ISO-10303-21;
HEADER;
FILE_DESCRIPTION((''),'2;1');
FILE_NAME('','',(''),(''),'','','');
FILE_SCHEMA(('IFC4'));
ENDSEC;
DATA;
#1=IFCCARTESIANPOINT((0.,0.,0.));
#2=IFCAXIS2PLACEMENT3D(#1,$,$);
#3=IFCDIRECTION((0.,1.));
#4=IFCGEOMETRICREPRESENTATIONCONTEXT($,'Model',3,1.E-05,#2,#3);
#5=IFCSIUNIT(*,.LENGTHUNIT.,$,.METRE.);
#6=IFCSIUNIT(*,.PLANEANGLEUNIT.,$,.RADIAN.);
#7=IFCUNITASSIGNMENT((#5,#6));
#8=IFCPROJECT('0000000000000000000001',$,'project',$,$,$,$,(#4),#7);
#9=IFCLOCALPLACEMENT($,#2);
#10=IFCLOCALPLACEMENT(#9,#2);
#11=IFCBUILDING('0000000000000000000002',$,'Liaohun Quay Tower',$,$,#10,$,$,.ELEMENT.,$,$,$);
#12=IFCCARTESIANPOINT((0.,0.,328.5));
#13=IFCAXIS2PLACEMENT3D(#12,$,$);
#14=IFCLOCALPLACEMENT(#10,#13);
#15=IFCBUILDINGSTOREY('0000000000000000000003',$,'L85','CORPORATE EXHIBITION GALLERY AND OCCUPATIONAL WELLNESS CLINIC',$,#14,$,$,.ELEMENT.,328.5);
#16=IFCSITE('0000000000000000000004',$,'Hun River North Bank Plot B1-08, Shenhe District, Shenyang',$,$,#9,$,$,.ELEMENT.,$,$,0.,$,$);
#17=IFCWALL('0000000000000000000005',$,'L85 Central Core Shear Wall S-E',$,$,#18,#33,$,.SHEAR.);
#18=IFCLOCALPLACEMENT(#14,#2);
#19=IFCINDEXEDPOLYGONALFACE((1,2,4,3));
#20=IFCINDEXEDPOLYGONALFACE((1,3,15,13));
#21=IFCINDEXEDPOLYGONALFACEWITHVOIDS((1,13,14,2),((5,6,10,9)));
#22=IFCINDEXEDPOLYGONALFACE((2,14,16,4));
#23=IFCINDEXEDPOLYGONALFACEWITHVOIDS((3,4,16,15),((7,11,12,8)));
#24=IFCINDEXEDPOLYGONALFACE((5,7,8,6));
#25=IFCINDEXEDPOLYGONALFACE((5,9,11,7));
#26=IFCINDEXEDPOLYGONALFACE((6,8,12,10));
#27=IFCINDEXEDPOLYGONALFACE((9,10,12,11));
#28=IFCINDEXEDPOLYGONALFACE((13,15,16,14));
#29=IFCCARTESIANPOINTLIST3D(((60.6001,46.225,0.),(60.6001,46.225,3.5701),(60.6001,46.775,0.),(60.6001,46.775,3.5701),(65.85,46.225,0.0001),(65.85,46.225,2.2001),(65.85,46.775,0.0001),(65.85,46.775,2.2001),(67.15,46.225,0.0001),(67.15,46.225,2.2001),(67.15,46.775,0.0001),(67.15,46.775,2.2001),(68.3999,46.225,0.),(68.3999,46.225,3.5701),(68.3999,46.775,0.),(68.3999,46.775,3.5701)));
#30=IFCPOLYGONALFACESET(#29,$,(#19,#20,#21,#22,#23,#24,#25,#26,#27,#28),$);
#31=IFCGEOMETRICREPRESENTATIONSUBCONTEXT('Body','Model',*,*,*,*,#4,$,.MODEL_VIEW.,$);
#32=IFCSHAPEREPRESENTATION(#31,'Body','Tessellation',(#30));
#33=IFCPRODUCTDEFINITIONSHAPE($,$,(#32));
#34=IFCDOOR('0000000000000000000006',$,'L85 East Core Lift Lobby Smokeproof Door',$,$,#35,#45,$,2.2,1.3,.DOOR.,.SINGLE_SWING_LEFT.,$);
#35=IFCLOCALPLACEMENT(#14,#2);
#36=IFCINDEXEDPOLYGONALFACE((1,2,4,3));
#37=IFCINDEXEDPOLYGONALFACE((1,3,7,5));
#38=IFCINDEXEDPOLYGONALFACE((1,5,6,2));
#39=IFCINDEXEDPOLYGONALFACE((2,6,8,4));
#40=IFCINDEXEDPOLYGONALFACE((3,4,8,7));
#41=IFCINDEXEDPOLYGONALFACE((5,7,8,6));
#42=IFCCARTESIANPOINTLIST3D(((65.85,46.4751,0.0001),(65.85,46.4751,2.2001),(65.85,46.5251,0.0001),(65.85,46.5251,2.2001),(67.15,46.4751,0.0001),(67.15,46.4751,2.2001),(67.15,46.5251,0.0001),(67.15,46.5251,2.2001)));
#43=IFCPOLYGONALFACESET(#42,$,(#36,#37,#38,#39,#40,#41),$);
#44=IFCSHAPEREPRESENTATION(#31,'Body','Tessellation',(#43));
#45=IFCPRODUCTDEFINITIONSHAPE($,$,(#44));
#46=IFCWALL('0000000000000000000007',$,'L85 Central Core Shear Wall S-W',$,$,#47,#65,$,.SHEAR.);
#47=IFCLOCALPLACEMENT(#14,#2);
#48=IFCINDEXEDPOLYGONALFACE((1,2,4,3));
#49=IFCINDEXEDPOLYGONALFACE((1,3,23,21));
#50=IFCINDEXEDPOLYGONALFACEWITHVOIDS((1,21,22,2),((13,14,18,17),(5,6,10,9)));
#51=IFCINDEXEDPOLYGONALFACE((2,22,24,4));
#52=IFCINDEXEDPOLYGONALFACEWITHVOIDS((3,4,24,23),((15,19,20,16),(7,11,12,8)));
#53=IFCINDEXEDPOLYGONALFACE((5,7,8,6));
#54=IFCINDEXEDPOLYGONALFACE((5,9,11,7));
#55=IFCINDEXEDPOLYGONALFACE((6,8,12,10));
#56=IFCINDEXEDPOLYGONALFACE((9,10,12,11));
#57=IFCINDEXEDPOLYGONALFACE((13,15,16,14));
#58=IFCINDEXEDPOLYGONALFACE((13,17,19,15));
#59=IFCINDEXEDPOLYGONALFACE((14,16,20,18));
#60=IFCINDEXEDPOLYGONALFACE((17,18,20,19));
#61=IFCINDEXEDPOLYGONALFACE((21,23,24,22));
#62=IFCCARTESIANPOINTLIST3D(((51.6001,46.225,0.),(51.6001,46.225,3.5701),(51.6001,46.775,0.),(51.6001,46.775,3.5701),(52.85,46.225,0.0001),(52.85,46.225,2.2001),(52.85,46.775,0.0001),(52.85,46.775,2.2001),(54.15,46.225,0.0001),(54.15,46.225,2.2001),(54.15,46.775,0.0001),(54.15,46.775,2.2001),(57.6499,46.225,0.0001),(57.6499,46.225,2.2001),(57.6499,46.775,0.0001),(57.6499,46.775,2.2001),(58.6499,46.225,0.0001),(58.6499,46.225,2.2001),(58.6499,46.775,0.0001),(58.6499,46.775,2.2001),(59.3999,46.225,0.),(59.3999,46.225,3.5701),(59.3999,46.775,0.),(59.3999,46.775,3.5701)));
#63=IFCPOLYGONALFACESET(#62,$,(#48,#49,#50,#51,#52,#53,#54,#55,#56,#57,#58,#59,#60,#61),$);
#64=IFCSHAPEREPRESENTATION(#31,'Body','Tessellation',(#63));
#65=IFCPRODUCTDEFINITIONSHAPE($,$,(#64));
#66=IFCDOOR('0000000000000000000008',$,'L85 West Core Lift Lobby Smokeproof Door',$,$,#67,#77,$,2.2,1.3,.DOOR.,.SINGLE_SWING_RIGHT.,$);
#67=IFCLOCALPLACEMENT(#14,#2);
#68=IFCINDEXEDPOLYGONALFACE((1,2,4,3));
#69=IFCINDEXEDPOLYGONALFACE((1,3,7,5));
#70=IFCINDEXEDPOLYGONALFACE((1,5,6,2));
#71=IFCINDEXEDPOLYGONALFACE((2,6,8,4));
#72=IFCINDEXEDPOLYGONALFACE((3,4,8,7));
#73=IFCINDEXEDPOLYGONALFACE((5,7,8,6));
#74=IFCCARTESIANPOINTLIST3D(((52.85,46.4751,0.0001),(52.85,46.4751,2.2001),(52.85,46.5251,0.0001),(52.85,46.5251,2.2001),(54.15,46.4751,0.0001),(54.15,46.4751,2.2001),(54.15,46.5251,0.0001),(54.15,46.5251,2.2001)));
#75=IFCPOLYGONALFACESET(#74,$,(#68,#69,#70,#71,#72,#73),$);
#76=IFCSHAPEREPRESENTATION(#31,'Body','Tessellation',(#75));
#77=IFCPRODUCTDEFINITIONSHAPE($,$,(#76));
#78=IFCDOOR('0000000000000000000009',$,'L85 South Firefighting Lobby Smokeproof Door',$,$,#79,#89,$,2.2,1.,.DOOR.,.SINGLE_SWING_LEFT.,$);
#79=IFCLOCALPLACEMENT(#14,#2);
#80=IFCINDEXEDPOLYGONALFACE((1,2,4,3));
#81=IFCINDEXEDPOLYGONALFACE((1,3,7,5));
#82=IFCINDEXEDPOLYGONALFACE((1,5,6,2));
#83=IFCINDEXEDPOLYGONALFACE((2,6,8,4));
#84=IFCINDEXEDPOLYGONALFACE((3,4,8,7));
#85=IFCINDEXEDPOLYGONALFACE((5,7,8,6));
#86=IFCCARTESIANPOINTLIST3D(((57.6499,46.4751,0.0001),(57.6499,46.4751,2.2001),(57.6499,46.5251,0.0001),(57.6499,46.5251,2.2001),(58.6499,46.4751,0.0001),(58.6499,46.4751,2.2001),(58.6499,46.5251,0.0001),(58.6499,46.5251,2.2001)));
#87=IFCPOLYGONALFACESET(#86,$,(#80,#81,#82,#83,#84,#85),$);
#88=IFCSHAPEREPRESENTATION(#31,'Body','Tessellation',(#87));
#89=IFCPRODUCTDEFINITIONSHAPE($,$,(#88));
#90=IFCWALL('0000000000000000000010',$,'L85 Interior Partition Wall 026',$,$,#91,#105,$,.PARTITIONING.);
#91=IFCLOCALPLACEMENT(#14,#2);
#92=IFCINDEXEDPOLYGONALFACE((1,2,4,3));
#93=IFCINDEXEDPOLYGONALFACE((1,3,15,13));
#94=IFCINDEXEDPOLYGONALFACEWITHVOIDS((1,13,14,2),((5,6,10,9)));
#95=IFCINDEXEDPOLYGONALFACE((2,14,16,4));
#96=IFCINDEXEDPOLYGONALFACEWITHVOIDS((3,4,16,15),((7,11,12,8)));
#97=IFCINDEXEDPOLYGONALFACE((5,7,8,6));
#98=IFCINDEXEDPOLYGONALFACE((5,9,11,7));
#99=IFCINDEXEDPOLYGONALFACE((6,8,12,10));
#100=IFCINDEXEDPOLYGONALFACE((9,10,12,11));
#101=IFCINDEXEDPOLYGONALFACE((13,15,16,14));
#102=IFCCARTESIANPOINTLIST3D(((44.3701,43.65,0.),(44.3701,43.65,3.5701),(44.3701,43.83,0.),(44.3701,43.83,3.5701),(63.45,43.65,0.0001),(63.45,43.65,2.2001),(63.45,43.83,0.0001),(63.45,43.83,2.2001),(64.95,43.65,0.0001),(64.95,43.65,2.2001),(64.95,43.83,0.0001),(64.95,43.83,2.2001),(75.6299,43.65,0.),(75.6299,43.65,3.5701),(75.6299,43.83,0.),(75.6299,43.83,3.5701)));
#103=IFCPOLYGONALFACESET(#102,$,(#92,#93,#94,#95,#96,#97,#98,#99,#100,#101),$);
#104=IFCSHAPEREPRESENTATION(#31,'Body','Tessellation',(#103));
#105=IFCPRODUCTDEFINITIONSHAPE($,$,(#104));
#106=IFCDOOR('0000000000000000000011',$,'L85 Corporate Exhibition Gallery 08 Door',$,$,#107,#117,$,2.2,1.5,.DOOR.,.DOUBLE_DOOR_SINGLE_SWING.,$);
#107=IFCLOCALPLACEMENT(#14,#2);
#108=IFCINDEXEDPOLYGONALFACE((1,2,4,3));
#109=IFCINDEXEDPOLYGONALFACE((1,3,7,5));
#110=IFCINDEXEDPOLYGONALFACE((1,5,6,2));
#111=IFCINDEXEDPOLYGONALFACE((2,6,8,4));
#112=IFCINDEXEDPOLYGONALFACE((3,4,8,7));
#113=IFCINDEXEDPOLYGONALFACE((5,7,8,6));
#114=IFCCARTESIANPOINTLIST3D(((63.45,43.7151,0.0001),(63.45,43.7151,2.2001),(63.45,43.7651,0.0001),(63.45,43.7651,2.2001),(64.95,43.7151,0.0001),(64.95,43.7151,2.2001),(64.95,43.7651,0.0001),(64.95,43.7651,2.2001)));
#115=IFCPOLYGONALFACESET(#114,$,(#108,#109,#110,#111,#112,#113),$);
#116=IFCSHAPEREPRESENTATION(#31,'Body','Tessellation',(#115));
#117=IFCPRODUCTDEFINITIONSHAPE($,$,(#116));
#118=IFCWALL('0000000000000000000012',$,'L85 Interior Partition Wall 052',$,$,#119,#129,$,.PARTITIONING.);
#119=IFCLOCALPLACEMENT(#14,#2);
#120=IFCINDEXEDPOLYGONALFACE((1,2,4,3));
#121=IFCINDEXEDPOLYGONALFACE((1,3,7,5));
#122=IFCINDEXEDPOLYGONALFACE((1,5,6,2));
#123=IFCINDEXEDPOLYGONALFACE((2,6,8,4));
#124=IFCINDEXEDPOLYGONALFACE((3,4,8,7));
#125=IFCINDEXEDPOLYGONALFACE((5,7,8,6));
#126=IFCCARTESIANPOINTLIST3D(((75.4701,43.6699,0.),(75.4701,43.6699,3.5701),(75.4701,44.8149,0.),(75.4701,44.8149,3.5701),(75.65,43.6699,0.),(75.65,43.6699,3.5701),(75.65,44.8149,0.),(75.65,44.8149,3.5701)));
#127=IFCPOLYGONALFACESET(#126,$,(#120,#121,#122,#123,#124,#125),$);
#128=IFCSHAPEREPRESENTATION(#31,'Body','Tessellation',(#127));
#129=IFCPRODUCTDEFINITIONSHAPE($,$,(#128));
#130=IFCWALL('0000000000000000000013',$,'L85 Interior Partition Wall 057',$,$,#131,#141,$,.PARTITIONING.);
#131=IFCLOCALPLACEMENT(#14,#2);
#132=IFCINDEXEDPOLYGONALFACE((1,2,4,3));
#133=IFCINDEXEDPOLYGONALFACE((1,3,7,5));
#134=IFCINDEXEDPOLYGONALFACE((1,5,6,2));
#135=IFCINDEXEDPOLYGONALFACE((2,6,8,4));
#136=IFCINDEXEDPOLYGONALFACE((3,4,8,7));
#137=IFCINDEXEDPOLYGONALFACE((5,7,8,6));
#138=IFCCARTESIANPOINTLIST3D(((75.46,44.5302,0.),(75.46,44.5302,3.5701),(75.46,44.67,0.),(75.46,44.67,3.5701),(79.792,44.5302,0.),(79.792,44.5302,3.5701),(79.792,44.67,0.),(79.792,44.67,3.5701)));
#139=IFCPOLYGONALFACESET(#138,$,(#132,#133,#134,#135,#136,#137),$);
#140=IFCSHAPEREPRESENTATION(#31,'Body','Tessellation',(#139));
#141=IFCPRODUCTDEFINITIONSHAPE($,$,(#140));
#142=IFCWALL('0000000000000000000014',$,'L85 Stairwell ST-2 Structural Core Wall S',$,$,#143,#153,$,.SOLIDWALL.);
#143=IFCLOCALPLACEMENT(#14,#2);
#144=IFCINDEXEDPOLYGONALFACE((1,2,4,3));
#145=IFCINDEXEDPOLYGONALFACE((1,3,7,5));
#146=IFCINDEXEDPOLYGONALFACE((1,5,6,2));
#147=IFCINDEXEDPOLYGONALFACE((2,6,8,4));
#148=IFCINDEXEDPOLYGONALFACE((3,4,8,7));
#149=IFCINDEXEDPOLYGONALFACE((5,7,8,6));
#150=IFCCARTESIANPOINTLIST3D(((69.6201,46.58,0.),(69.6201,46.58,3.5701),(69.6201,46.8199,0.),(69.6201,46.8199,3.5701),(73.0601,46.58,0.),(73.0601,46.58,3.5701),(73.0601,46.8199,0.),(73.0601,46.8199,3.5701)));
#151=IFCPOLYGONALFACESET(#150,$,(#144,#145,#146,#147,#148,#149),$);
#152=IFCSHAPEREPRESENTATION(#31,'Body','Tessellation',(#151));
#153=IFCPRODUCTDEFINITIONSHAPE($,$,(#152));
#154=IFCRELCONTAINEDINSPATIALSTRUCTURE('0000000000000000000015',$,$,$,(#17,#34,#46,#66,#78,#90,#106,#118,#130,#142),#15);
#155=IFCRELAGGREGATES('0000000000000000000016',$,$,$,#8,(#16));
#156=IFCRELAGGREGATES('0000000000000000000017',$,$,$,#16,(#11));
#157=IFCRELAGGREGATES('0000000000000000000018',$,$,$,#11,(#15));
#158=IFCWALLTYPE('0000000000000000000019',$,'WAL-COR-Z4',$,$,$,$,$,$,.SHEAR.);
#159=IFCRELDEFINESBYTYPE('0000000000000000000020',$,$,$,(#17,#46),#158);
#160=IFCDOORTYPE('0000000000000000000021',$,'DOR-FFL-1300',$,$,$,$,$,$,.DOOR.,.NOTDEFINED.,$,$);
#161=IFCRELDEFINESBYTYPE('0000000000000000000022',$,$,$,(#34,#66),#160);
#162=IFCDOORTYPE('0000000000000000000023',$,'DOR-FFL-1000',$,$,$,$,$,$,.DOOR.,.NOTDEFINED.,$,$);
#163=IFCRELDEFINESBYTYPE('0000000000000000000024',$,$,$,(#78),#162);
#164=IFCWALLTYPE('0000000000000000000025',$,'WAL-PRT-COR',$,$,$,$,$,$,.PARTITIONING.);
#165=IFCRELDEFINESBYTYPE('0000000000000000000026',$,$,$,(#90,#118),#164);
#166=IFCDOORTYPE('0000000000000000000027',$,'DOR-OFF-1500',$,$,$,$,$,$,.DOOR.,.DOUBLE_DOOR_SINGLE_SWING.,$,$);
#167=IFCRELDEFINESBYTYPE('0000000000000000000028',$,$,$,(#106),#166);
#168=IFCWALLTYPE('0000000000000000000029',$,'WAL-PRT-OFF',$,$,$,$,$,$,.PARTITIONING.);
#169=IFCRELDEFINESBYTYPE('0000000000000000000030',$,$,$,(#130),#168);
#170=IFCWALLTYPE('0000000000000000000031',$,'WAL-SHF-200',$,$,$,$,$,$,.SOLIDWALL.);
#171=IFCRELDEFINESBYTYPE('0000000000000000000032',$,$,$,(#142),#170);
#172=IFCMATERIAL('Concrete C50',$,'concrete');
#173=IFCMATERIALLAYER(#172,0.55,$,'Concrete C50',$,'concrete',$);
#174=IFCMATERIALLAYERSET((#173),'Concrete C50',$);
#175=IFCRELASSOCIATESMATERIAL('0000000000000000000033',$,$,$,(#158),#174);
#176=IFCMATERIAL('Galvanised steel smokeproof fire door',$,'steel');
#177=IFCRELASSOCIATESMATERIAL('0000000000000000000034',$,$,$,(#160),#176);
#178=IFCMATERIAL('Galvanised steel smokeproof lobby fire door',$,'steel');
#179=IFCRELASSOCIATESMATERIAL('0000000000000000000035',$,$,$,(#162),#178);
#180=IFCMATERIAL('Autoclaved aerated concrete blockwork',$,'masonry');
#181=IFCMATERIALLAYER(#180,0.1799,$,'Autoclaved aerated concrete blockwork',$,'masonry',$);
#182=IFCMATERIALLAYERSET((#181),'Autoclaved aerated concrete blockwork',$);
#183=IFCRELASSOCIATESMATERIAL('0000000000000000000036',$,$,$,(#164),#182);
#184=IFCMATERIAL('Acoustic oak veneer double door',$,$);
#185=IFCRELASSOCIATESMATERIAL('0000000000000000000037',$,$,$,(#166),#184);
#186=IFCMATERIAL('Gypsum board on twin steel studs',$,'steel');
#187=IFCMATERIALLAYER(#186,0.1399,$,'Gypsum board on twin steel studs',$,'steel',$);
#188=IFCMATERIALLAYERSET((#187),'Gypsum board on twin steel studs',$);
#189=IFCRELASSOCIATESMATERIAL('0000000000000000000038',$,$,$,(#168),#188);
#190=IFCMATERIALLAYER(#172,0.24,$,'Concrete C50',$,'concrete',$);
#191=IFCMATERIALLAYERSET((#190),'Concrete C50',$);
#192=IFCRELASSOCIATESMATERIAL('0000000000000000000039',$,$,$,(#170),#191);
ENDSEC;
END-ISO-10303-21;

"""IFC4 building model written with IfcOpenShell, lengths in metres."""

from ifc_helpers import new_model, si_unit, direction, frame, frame_2d, origin, place, context, subcontext, project, spatial, rectangle, extrude, source, transform, mapped, material, layer, layer_set, type_object, element, fill, save


model = new_model("IFC4")

# Units and contexts
model_context = context("Model", 3, precision=1e-05, world=origin(), true_north=direction((0.0, 1.0)))
body_context = subcontext(model_context, "Body", "Model", "MODEL_VIEW")
ifc_project = project(units=[si_unit("LENGTHUNIT", "METRE"), si_unit("PLANEANGLEUNIT", "RADIAN")], contexts=[model_context])

# Site, building, storey
site_placement = place(None, origin())
site = spatial("IfcSite", under=ifc_project, at=site_placement, Name="Hun River North Bank Plot B1-08, Shenhe District, Shenyang", CompositionType="ELEMENT", RefElevation=0.0)
building_placement = place(site_placement, origin())
building = spatial("IfcBuilding", under=site, at=building_placement, Name="Liaohun Quay Tower", CompositionType="ELEMENT")
storey_placement = place(building_placement, frame((0.0, 0.0, 328.5)))
storey = spatial("IfcBuildingStorey", under=building, at=storey_placement, Name="L85", Description="CORPORATE EXHIBITION GALLERY AND OCCUPATIONAL WELLNESS CLINIC", CompositionType="ELEMENT", Elevation=328.5)

# Shared definitions
ifc_material_1 = material(Name="Concrete C50", Category="concrete")

# Wall, opening, door
ifc_layer_1 = layer(ifc_material_1, 0.55, Name="Concrete C50", Category="concrete")
ifc_layer_set_1 = layer_set([ifc_layer_1], Name="Concrete C50")
wall_type_1 = type_object("IfcWallType", Name="WAL-COR-Z4", PredefinedType="SHEAR", material=ifc_layer_set_1)
wall_1_placement = place(storey_placement, frame((68.3999, 46.5, 0.0), z_axis=(0.0, 0.0, 1.0), x_axis=(-1.0, 0.0, 0.0)))
wall_1 = element("IfcWall", 1, at=wall_1_placement, inside=storey, type_object=wall_type_1, Name="L85 Central Core Shear Wall S-E", PredefinedType="SHEAR", context=body_context, shape_type="SweptSolid", body=[
    extrude(rectangle(XDim=7.7998, YDim=0.55, at=frame_2d((3.8999, 0.0))), origin(), (0.0, 0.0, 1.0), 3.5701),
])
shared_shape_1 = source(origin(), body_context, "Body", "SweptSolid", [
    extrude(rectangle(XDim=1.3, YDim=2.2, at=frame_2d((0.6499, 1.1001))), frame((0.0, 0.2849, 0.0), z_axis=(0.0, -1.0, 0.0), x_axis=(1.0, 0.0, 0.0)), (0.0, 0.0, 1.0), 0.5701),
])
opening_1_placement = place(wall_1_placement, frame((1.25, 0.0, 0.0)))
opening_1 = element("IfcOpeningElement", 2, at=opening_1_placement, cuts=wall_1, PredefinedType="OPENING", context=body_context, shape_type="MappedRepresentation", body=[
    mapped(shared_shape_1, transform((0.0, 0.0, 0.0), x_axis=(1.0, 0.0, 0.0), y_axis=(0.0, 1.0, 0.0), z_axis=(0.0, 0.0, 1.0), scale=1.0)),
])
ifc_material_2 = material(Name="Galvanised steel smokeproof fire door", Category="steel")
door_type_1 = type_object("IfcDoorType", Name="DOR-FFL-1300", OperationType="NOTDEFINED", PredefinedType="DOOR", material=ifc_material_2)
shared_shape_2 = source(origin(), body_context, "Body", "SweptSolid", [
    extrude(rectangle(XDim=1.3, YDim=2.2, at=frame_2d((0.6499, 1.1001))), frame((0.0, 0.0249, 0.0), z_axis=(0.0, -1.0, 0.0), x_axis=(1.0, 0.0, 0.0)), (0.0, 0.0, 1.0), 0.05),
])
door_1_placement = place(opening_1_placement, origin())
door_1 = element("IfcDoor", 3, at=door_1_placement, inside=storey, type_object=door_type_1, Name="L85 East Core Lift Lobby Smokeproof Door", OperationType="SINGLE_SWING_LEFT", OverallHeight=2.2, OverallWidth=1.3, PredefinedType="DOOR", context=body_context, shape_type="MappedRepresentation", body=[
    mapped(shared_shape_2, transform((0.0, 0.0, 0.0), x_axis=(1.0, 0.0, 0.0), y_axis=(0.0, 1.0, 0.0), z_axis=(0.0, 0.0, 1.0), scale=1.0)),
])
fill(opening_1, door_1)

# Wall, openings, doors
wall_2_placement = place(storey_placement, frame((59.3999, 46.5, 0.0), z_axis=(0.0, 0.0, 1.0), x_axis=(-1.0, 0.0, 0.0)))
wall_2 = element("IfcWall", 4, at=wall_2_placement, inside=storey, type_object=wall_type_1, Name="L85 Central Core Shear Wall S-W", PredefinedType="SHEAR", context=body_context, shape_type="SweptSolid", body=[
    extrude(rectangle(XDim=7.7998, YDim=0.55, at=frame_2d((3.8999, 0.0))), origin(), (0.0, 0.0, 1.0), 3.5701),
])
opening_2_placement = place(wall_2_placement, frame((5.25, 0.0, 0.0)))
opening_2 = element("IfcOpeningElement", 5, at=opening_2_placement, cuts=wall_2, PredefinedType="OPENING", context=body_context, shape_type="MappedRepresentation", body=[
    mapped(shared_shape_1, transform((0.0, 0.0, 0.0), x_axis=(1.0, 0.0, 0.0), y_axis=(0.0, 1.0, 0.0), z_axis=(0.0, 0.0, 1.0), scale=1.0)),
])
shared_shape_3 = source(origin(), body_context, "Body", "SweptSolid", [
    extrude(rectangle(XDim=1.0, YDim=2.2, at=frame_2d((0.5, 1.1001))), frame((0.0, 0.2849, 0.0), z_axis=(0.0, -1.0, 0.0), x_axis=(1.0, 0.0, 0.0)), (0.0, 0.0, 1.0), 0.5701),
])
opening_3_placement = place(wall_2_placement, frame((0.75, 0.0, 0.0)))
opening_3 = element("IfcOpeningElement", 6, at=opening_3_placement, cuts=wall_2, PredefinedType="OPENING", context=body_context, shape_type="MappedRepresentation", body=[
    mapped(shared_shape_3, transform((0.0, 0.0, 0.0), x_axis=(1.0, 0.0, 0.0), y_axis=(0.0, 1.0, 0.0), z_axis=(0.0, 0.0, 1.0), scale=1.0)),
])
door_2_placement = place(opening_2_placement, origin())
door_2 = element("IfcDoor", 7, at=door_2_placement, inside=storey, type_object=door_type_1, Name="L85 West Core Lift Lobby Smokeproof Door", OperationType="SINGLE_SWING_RIGHT", OverallHeight=2.2, OverallWidth=1.3, PredefinedType="DOOR", context=body_context, shape_type="MappedRepresentation", body=[
    mapped(shared_shape_2, transform((0.0, 0.0, 0.0), x_axis=(1.0, 0.0, 0.0), y_axis=(0.0, 1.0, 0.0), z_axis=(0.0, 0.0, 1.0), scale=1.0)),
])
fill(opening_2, door_2)
ifc_material_3 = material(Name="Galvanised steel smokeproof lobby fire door", Category="steel")
door_type_2 = type_object("IfcDoorType", Name="DOR-FFL-1000", OperationType="NOTDEFINED", PredefinedType="DOOR", material=ifc_material_3)
shared_shape_4 = source(origin(), body_context, "Body", "SweptSolid", [
    extrude(rectangle(XDim=1.0, YDim=2.2, at=frame_2d((0.5, 1.1001))), frame((0.0, 0.0249, 0.0), z_axis=(0.0, -1.0, 0.0), x_axis=(1.0, 0.0, 0.0)), (0.0, 0.0, 1.0), 0.05),
])
door_3_placement = place(opening_3_placement, origin())
door_3 = element("IfcDoor", 8, at=door_3_placement, inside=storey, type_object=door_type_2, Name="L85 South Firefighting Lobby Smokeproof Door", OperationType="SINGLE_SWING_LEFT", OverallHeight=2.2, OverallWidth=1.0, PredefinedType="DOOR", context=body_context, shape_type="MappedRepresentation", body=[
    mapped(shared_shape_4, transform((0.0, 0.0, 0.0), x_axis=(1.0, 0.0, 0.0), y_axis=(0.0, 1.0, 0.0), z_axis=(0.0, 0.0, 1.0), scale=1.0)),
])
fill(opening_3, door_3)

# Wall, opening, door
ifc_material_4 = material(Name="Autoclaved aerated concrete blockwork", Category="masonry")
ifc_layer_2 = layer(ifc_material_4, 0.1799, Name="Autoclaved aerated concrete blockwork", Category="masonry")
ifc_layer_set_2 = layer_set([ifc_layer_2], Name="Autoclaved aerated concrete blockwork")
wall_type_2 = type_object("IfcWallType", Name="WAL-PRT-COR", PredefinedType="PARTITIONING", material=ifc_layer_set_2)
wall_3_placement = place(storey_placement, frame((75.6299, 43.74, 0.0), z_axis=(0.0, 0.0, 1.0), x_axis=(-1.0, 0.0, 0.0)))
wall_3 = element("IfcWall", 9, at=wall_3_placement, inside=storey, type_object=wall_type_2, Name="L85 Interior Partition Wall 026", PredefinedType="PARTITIONING", context=body_context, shape_type="SweptSolid", body=[
    extrude(rectangle(XDim=31.2598, YDim=0.1799, at=frame_2d((15.6299, 0.0))), origin(), (0.0, 0.0, 1.0), 3.5701),
])
shared_shape_5 = source(origin(), body_context, "Body", "SweptSolid", [
    extrude(rectangle(XDim=1.5, YDim=2.2, at=frame_2d((0.75, 1.1001))), frame((0.0, 0.0999, 0.0), z_axis=(0.0, -1.0, 0.0), x_axis=(1.0, 0.0, 0.0)), (0.0, 0.0, 1.0), 0.2),
])
opening_4_placement = place(wall_3_placement, frame((10.6799, 0.0, 0.0)))
opening_4 = element("IfcOpeningElement", 10, at=opening_4_placement, cuts=wall_3, PredefinedType="OPENING", context=body_context, shape_type="MappedRepresentation", body=[
    mapped(shared_shape_5, transform((0.0, 0.0, 0.0), x_axis=(1.0, 0.0, 0.0), y_axis=(0.0, 1.0, 0.0), z_axis=(0.0, 0.0, 1.0), scale=1.0)),
])
ifc_material_5 = material(Name="Acoustic oak veneer double door")
door_type_3 = type_object("IfcDoorType", Name="DOR-OFF-1500", OperationType="DOUBLE_DOOR_SINGLE_SWING", PredefinedType="DOOR", material=ifc_material_5)
shared_shape_6 = source(origin(), body_context, "Body", "SweptSolid", [
    extrude(rectangle(XDim=1.5, YDim=2.2, at=frame_2d((0.75, 1.1001))), frame((0.0, 0.0249, 0.0), z_axis=(0.0, -1.0, 0.0), x_axis=(1.0, 0.0, 0.0)), (0.0, 0.0, 1.0), 0.05),
])
door_4_placement = place(opening_4_placement, origin())
door_4 = element("IfcDoor", 11, at=door_4_placement, inside=storey, type_object=door_type_3, Name="L85 Corporate Exhibition Gallery 08 Door", OperationType="DOUBLE_DOOR_SINGLE_SWING", OverallHeight=2.2, OverallWidth=1.5, PredefinedType="DOOR", context=body_context, shape_type="MappedRepresentation", body=[
    mapped(shared_shape_6, transform((0.0, 0.0, 0.0), x_axis=(1.0, 0.0, 0.0), y_axis=(0.0, 1.0, 0.0), z_axis=(0.0, 0.0, 1.0), scale=1.0)),
])
fill(opening_4, door_4)

# Walls
wall_4_placement = place(storey_placement, frame((75.5601, 44.8149, 0.0), z_axis=(0.0, 0.0, 1.0), x_axis=(0.0, -1.0, 0.0)))
element("IfcWall", 12, at=wall_4_placement, inside=storey, type_object=wall_type_2, Name="L85 Interior Partition Wall 052", PredefinedType="PARTITIONING", context=body_context, shape_type="SweptSolid", body=[
    extrude(rectangle(XDim=1.145, YDim=0.1799, at=frame_2d((0.5725, 0.0))), origin(), (0.0, 0.0, 1.0), 3.5701),
])
ifc_material_6 = material(Name="Gypsum board on twin steel studs", Category="steel")
ifc_layer_3 = layer(ifc_material_6, 0.1399, Name="Gypsum board on twin steel studs", Category="steel")
ifc_layer_set_3 = layer_set([ifc_layer_3], Name="Gypsum board on twin steel studs")
wall_type_3 = type_object("IfcWallType", Name="WAL-PRT-OFF", PredefinedType="PARTITIONING", material=ifc_layer_set_3)
wall_5_placement = place(storey_placement, frame((75.46, 44.6001, 0.0), z_axis=(0.0, 0.0, 1.0), x_axis=(1.0, 0.0, 0.0)))
element("IfcWall", 13, at=wall_5_placement, inside=storey, type_object=wall_type_3, Name="L85 Interior Partition Wall 057", PredefinedType="PARTITIONING", context=body_context, shape_type="SweptSolid", body=[
    extrude(rectangle(XDim=4.332, YDim=0.1399, at=frame_2d((2.166, 0.0))), origin(), (0.0, 0.0, 1.0), 3.5701),
])
ifc_layer_4 = layer(ifc_material_1, 0.24, Name="Concrete C50", Category="concrete")
ifc_layer_set_4 = layer_set([ifc_layer_4], Name="Concrete C50")
wall_type_4 = type_object("IfcWallType", Name="WAL-SHF-200", PredefinedType="SOLIDWALL", material=ifc_layer_set_4)
wall_6_placement = place(storey_placement, frame((69.6201, 46.7, 0.0), z_axis=(0.0, 0.0, 1.0), x_axis=(1.0, 0.0, 0.0)))
element("IfcWall", 14, at=wall_6_placement, inside=storey, type_object=wall_type_4, Name="L85 Stairwell ST-2 Structural Core Wall S", PredefinedType="SOLIDWALL", context=body_context, shape_type="SweptSolid", body=[
    extrude(rectangle(XDim=3.4399, YDim=0.24, at=frame_2d((1.72, 0.0))), origin(), (0.0, 0.0, 1.0), 3.5701),
])

save(model, "model.ifc")
